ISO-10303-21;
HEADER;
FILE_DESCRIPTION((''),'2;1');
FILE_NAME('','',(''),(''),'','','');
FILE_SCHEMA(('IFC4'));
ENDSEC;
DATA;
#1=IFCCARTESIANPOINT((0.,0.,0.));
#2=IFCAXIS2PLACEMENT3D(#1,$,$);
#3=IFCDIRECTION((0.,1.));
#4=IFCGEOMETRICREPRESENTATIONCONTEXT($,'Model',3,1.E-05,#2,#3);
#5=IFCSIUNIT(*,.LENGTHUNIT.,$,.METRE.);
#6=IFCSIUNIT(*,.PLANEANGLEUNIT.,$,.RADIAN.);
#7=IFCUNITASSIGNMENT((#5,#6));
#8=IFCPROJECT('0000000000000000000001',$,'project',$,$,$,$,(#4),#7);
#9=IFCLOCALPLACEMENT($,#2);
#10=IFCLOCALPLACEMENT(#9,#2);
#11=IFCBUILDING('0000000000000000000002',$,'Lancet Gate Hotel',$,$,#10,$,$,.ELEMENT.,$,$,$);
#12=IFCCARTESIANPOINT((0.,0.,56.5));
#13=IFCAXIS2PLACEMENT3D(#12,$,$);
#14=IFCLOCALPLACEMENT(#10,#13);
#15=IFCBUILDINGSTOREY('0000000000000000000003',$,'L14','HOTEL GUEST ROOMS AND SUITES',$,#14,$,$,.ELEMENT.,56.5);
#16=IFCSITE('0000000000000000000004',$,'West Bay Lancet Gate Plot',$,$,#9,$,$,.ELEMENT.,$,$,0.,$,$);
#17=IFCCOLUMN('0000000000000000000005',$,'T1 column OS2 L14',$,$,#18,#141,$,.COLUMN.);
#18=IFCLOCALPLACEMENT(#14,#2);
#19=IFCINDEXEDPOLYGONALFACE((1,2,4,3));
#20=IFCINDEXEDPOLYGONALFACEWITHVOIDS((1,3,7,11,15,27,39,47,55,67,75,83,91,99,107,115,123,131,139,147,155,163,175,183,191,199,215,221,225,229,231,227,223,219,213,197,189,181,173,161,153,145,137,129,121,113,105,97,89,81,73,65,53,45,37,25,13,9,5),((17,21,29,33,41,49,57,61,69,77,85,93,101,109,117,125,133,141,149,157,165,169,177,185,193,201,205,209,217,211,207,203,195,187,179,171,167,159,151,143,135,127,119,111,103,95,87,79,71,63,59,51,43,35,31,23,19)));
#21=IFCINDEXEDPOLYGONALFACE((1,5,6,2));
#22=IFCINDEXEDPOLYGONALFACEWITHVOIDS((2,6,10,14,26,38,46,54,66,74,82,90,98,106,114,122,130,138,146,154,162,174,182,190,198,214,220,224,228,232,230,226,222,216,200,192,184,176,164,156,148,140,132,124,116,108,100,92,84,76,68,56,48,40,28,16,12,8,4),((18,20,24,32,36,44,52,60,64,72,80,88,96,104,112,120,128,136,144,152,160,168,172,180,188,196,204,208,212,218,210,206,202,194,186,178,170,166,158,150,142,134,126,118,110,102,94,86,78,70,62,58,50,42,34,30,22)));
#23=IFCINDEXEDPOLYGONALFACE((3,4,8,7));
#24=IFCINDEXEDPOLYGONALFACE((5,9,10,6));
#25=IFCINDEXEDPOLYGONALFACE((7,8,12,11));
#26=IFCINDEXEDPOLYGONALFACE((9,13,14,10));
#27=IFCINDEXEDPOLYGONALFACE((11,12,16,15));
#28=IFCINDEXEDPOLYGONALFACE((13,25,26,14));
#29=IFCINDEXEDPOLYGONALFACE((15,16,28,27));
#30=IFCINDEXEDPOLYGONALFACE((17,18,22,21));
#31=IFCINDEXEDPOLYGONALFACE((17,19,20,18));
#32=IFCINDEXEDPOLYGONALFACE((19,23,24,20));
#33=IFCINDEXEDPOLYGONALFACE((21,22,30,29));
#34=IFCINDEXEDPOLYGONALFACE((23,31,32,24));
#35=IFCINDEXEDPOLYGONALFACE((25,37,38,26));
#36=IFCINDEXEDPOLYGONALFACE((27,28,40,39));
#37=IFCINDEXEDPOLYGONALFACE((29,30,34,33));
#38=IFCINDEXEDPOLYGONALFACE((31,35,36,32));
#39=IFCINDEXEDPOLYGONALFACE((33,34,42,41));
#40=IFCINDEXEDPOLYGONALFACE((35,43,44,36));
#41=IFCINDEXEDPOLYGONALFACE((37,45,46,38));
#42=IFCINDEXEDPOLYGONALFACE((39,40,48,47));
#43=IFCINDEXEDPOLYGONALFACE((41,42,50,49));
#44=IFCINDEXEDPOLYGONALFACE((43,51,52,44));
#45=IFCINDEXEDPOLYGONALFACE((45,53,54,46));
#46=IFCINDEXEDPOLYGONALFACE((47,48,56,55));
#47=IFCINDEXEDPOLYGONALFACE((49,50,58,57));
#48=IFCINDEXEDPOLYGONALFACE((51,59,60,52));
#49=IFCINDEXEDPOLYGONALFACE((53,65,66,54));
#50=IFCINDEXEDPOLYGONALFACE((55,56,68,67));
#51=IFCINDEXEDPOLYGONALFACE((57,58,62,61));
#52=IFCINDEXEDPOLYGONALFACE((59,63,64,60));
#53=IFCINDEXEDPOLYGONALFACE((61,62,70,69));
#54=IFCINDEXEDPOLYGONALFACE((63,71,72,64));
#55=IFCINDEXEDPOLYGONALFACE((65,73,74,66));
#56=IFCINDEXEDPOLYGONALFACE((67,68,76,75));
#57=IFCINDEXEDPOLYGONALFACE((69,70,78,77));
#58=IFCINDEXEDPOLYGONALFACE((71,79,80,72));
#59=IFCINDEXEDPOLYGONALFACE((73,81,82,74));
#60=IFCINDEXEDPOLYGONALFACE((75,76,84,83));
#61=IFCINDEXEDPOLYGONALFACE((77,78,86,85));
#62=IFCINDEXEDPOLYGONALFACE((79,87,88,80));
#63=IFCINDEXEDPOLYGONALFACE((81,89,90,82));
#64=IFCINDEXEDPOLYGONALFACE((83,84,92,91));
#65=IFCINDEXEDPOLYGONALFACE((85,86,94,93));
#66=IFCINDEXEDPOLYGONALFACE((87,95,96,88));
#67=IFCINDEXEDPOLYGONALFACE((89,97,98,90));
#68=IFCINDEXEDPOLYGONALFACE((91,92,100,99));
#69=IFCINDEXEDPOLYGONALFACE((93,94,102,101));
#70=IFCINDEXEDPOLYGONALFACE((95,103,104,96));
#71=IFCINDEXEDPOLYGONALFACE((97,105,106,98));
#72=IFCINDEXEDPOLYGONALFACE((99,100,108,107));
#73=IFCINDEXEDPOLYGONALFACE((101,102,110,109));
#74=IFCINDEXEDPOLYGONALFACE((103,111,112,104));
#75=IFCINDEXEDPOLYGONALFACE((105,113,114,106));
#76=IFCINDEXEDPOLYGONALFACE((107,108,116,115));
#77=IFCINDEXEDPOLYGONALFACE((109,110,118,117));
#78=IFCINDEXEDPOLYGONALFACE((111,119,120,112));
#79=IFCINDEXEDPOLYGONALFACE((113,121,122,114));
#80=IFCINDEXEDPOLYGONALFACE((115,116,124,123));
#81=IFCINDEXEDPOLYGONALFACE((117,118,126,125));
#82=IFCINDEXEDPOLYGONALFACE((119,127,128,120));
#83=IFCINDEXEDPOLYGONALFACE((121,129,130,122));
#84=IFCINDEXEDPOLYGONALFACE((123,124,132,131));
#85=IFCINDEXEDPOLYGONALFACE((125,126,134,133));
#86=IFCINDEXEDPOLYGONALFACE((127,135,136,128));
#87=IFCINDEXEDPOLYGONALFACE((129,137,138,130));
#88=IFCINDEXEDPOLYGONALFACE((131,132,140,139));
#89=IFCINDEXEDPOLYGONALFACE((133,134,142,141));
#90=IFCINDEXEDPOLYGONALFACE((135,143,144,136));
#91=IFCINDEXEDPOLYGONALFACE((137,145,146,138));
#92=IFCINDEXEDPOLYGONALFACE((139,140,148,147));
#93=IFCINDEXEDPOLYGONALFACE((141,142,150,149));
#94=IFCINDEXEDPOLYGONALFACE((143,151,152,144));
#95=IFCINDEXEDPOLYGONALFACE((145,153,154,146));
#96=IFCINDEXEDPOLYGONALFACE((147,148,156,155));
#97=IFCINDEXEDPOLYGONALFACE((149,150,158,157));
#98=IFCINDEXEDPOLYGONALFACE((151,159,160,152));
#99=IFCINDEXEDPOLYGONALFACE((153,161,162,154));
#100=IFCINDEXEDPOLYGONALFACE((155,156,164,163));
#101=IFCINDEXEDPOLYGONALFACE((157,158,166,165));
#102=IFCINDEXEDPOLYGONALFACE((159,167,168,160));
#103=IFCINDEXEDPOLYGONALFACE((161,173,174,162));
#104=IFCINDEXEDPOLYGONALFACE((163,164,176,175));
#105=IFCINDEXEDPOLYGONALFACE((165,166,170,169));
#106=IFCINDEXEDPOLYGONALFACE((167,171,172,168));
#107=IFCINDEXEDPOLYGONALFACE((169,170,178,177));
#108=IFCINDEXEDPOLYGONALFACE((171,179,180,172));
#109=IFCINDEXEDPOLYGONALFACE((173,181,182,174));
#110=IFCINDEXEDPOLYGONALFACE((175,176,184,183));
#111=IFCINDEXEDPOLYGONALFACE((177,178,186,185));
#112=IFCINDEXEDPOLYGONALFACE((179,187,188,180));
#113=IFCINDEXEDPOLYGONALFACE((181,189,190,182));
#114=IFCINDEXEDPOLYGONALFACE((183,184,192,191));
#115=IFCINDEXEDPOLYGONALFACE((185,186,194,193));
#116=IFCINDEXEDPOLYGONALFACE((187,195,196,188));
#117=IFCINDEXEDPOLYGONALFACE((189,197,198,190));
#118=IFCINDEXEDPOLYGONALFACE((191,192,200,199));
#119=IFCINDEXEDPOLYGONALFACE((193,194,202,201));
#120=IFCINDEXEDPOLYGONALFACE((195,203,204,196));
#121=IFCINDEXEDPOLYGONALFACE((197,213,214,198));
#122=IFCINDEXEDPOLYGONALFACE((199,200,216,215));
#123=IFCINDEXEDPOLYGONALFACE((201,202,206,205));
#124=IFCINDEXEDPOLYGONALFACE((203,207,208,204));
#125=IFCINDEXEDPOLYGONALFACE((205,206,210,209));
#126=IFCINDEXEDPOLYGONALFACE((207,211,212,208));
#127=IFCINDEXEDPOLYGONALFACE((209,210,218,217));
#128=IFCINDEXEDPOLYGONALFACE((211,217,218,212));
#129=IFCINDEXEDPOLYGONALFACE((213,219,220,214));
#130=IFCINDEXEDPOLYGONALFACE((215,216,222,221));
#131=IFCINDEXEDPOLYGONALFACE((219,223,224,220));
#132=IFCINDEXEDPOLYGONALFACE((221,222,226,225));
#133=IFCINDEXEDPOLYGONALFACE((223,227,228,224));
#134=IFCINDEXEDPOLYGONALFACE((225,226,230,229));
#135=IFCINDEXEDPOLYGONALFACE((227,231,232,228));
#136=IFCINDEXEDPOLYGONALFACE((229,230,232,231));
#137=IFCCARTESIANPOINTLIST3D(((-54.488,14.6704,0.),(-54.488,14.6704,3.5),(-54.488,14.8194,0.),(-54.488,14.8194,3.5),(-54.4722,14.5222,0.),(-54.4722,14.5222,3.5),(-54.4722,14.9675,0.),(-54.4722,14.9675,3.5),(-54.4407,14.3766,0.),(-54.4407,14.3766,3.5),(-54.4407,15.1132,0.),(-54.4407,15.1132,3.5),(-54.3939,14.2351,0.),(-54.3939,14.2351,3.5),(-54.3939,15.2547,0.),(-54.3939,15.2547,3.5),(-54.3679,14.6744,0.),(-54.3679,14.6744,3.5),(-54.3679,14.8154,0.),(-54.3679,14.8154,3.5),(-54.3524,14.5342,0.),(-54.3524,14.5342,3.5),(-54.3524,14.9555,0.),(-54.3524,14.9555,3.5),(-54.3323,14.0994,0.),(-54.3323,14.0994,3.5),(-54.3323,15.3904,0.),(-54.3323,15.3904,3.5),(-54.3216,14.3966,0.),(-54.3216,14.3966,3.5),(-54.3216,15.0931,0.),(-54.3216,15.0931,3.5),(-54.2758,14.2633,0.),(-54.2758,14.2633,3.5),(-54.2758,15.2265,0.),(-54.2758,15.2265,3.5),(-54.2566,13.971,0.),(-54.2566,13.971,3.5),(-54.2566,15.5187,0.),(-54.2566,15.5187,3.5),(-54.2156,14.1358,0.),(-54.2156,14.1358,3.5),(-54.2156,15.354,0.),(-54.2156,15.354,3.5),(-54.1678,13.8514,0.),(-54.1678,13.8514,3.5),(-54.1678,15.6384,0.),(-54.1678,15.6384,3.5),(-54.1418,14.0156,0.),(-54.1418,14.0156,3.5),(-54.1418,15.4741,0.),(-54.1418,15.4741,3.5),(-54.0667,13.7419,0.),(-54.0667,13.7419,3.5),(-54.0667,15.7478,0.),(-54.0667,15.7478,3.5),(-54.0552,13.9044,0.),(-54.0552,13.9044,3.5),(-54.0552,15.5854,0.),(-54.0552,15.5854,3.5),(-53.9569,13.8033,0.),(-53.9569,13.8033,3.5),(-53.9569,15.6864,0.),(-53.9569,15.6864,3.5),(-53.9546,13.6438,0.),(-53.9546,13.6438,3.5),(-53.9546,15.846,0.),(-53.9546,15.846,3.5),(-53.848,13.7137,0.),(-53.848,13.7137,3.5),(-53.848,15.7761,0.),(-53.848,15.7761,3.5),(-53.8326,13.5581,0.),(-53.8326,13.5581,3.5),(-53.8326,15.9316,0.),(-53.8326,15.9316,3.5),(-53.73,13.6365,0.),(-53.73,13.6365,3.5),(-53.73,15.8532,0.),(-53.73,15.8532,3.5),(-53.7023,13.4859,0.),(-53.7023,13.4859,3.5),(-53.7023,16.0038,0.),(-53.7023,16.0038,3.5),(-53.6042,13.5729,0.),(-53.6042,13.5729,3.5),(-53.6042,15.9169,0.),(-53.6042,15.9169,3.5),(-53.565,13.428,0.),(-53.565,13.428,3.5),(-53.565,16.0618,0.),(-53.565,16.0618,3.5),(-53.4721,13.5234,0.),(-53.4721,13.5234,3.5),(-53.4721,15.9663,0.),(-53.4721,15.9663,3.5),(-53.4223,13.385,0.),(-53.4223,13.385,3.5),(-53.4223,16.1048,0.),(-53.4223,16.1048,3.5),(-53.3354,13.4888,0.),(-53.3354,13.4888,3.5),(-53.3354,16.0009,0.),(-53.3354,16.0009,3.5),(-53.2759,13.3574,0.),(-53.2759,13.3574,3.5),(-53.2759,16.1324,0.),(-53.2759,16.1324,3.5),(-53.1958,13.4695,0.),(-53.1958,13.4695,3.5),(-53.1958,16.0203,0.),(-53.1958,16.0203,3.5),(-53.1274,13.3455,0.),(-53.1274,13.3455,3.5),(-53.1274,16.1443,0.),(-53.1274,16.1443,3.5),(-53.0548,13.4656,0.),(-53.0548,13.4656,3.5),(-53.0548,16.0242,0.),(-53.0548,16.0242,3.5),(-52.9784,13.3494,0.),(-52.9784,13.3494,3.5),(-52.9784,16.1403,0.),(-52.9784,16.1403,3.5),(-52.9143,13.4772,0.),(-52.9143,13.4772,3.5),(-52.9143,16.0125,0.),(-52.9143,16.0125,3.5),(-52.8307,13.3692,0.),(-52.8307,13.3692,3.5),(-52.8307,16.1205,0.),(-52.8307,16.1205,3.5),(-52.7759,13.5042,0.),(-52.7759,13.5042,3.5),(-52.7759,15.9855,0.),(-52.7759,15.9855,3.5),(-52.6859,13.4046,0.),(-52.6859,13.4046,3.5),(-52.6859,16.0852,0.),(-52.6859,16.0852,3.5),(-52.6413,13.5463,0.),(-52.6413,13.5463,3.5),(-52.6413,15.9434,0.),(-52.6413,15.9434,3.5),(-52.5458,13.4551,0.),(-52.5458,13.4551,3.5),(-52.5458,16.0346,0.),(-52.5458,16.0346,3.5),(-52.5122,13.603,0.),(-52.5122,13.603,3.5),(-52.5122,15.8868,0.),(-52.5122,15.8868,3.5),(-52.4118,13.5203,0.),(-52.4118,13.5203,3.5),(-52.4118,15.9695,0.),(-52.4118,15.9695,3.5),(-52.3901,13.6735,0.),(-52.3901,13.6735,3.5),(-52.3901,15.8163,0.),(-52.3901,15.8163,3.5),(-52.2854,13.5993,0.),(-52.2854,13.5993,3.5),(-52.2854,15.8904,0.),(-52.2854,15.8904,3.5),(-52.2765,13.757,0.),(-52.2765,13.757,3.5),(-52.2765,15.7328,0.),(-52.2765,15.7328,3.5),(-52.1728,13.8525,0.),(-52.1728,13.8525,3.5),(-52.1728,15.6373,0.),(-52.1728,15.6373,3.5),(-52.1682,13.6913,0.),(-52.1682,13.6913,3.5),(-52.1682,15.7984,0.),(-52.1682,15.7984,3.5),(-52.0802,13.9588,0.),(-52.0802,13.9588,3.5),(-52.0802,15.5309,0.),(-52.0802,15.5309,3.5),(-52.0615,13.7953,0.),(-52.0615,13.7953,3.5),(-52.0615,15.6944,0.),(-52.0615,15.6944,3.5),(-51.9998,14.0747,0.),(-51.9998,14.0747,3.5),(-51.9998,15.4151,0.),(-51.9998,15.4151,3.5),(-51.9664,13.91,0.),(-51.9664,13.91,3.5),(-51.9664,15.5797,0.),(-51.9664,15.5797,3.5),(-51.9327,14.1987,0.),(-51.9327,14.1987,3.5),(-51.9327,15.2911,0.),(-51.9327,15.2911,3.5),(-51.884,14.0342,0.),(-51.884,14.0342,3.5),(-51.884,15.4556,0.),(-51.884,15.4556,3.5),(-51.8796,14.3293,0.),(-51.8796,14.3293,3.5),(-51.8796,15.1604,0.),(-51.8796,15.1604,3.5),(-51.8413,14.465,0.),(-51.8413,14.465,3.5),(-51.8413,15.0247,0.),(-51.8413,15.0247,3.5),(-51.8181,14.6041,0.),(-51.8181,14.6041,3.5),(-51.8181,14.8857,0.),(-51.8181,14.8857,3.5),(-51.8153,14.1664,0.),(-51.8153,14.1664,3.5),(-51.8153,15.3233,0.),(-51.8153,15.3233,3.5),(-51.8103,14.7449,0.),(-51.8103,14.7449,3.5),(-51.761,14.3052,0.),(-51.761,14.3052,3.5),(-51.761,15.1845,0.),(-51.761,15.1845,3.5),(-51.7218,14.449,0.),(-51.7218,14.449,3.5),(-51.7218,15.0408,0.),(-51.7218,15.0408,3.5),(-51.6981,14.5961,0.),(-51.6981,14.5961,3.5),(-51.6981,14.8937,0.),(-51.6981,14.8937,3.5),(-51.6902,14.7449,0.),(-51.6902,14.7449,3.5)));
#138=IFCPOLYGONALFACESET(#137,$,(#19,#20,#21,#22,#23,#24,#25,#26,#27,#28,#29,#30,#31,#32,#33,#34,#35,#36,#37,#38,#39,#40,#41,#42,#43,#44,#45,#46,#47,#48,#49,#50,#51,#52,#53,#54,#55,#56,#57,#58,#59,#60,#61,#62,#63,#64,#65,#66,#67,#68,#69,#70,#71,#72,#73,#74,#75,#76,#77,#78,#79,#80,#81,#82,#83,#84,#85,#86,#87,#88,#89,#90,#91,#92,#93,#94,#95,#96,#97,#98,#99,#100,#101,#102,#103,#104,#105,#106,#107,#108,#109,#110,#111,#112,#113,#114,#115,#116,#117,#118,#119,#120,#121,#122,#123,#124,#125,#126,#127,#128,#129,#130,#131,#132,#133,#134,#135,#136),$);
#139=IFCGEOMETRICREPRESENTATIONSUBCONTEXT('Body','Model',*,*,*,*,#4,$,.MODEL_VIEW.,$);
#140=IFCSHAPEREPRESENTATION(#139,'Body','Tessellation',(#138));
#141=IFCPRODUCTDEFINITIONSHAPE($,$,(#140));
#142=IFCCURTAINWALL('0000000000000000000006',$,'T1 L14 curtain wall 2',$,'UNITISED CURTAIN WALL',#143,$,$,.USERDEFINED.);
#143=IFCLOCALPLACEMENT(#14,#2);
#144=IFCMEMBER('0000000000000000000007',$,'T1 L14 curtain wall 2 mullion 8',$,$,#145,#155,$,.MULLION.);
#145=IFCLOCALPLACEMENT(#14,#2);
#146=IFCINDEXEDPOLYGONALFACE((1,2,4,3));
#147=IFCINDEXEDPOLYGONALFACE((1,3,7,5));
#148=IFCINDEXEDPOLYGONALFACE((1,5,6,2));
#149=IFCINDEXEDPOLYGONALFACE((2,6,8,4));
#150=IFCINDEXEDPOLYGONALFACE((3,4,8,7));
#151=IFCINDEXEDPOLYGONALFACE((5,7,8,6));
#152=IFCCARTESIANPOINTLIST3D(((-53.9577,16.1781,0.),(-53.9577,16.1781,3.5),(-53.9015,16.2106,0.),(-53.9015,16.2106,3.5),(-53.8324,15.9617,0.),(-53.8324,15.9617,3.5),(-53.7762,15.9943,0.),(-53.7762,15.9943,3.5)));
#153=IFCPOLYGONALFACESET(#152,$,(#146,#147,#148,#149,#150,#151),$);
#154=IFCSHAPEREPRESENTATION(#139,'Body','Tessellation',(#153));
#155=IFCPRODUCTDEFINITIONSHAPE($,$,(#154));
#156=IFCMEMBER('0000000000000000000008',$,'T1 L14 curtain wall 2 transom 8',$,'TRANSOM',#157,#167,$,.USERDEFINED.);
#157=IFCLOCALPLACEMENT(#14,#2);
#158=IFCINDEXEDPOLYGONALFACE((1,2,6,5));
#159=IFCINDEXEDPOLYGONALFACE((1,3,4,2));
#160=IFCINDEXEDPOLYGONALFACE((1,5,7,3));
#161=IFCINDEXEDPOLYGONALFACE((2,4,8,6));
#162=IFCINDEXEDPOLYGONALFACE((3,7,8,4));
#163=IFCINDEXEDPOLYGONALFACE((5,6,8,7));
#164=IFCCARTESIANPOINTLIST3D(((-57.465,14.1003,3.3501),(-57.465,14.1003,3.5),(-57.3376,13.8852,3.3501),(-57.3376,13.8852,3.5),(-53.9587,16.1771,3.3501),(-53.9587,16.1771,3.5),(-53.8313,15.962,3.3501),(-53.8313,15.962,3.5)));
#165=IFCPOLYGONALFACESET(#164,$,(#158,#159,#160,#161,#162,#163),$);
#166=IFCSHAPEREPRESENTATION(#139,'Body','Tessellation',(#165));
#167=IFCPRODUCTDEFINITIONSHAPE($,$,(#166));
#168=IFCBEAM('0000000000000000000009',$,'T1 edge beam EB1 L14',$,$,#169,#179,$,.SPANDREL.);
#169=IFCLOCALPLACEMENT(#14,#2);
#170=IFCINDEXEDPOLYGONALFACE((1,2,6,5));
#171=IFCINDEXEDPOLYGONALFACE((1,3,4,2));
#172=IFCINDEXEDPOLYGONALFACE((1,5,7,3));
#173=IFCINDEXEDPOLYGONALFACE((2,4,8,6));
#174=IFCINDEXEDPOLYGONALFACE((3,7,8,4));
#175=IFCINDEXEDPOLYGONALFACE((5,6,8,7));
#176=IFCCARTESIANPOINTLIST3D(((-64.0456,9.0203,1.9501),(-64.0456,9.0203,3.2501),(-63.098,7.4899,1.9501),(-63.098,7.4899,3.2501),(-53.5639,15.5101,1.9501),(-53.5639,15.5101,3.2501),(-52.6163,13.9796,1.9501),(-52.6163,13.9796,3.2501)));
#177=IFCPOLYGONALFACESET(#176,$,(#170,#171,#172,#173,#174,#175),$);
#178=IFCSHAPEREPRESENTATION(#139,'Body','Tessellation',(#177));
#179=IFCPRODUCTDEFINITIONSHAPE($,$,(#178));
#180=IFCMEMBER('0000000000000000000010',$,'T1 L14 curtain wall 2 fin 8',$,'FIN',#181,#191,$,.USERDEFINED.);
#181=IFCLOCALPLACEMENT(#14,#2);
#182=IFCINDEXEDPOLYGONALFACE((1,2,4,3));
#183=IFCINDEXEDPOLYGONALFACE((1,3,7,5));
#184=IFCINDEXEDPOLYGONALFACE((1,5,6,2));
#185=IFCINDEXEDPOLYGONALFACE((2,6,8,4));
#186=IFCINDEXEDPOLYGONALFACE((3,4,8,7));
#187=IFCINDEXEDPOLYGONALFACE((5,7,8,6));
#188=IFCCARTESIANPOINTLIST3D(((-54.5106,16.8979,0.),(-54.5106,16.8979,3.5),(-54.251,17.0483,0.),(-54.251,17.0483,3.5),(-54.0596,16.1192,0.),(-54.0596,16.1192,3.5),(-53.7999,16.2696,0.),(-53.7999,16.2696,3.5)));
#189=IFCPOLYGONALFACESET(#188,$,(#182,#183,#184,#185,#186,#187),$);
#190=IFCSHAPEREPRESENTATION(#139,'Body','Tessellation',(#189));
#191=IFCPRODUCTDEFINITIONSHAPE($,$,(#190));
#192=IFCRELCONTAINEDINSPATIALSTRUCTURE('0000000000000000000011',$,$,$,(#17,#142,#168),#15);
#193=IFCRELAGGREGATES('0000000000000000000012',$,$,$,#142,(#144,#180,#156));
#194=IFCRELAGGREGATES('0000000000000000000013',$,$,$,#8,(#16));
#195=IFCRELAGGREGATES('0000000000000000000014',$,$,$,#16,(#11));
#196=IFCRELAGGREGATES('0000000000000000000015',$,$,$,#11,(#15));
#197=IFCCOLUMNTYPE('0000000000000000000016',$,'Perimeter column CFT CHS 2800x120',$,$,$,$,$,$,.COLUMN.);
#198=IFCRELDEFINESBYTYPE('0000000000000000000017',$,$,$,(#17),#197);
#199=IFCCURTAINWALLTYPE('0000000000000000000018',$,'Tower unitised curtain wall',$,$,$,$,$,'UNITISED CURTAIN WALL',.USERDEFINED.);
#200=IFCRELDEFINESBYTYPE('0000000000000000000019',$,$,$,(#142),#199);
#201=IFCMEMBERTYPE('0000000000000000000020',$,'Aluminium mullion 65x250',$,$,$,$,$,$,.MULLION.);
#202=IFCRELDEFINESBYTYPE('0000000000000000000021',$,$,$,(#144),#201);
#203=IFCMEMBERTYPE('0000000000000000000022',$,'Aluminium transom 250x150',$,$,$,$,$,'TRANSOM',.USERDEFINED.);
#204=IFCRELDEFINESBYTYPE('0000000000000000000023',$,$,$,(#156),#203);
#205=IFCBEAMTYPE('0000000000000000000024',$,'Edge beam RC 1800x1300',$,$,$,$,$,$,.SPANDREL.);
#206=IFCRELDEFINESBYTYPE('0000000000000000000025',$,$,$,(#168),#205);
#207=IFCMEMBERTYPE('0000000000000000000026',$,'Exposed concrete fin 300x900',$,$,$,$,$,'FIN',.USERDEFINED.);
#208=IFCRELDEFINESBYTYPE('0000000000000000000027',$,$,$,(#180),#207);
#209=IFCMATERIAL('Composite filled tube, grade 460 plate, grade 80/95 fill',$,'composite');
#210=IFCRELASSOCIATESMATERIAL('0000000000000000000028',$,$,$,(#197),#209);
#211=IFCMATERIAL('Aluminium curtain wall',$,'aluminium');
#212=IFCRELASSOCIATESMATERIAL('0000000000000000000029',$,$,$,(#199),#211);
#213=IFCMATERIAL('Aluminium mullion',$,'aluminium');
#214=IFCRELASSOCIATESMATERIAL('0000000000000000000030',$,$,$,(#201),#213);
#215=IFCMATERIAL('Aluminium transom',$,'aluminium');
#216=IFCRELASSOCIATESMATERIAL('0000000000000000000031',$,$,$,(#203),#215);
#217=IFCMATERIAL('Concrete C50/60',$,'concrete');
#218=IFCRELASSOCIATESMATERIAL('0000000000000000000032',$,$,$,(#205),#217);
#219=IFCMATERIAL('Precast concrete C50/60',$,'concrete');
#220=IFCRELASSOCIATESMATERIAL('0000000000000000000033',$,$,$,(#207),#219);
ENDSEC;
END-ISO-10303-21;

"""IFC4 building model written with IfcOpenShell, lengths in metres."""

from ifc_helpers import new_model, si_unit, direction, frame, origin, origin_2d, place, context, subcontext, project, spatial, rectangle, hollow_circle, extrude, material, material_profile, profile_set, type_object, element, aggregate, save


model = new_model("IFC4")

# Units and contexts
model_context = context("Model", 3, precision=1e-05, world=origin(), true_north=direction((0.0, 1.0)))
body_context = subcontext(model_context, "Body", "Model", "MODEL_VIEW")
ifc_project = project(units=[si_unit("LENGTHUNIT", "METRE"), si_unit("PLANEANGLEUNIT", "RADIAN")], contexts=[model_context])

# Site, building, storey
site_placement = place(None, origin())
site = spatial("IfcSite", under=ifc_project, at=site_placement, Name="West Bay Lancet Gate Plot", CompositionType="ELEMENT", RefElevation=0.0)
building_placement = place(site_placement, origin())
building = spatial("IfcBuilding", under=site, at=building_placement, Name="Lancet Gate Hotel", CompositionType="ELEMENT")
storey_placement = place(building_placement, frame((0.0, 0.0, 56.5)))
storey = spatial("IfcBuildingStorey", under=building, at=storey_placement, Name="L14", Description="HOTEL GUEST ROOMS AND SUITES", CompositionType="ELEMENT", Elevation=56.5)

# Column
ifc_material_1 = material(Name="Composite filled tube, grade 460 plate, grade 80/95 fill", Category="composite")
ifc_material_profile_1 = material_profile(ifc_material_1, hollow_circle(Radius=1.3999, WallThickness=0.1201, at=origin_2d()), Name="CHS 2800x120")
ifc_profile_set_1 = profile_set([ifc_material_profile_1], Name="Composite filled tube, grade 460 plate, grade 80/95 fill")
column_type = type_object("IfcColumnType", Name="Perimeter column CFT CHS 2800x120", PredefinedType="COLUMN", material=ifc_profile_set_1)
column_placement = place(storey_placement, frame((-53.0901, 14.7449, 0.0), z_axis=(0.0, 0.0, 1.0), x_axis=(1.0, 0.0, 0.0)))
element("IfcColumn", 1, at=column_placement, inside=storey, type_object=column_type, Name="T1 column OS2 L14", PredefinedType="COLUMN", context=body_context, shape_type="SweptSolid", body=[
    extrude(hollow_circle(Radius=1.3999, WallThickness=0.1201, at=origin_2d()), origin(), (0.0, 0.0, 1.0), 3.5),
])

# Curtain wall, members
ifc_material_2 = material(Name="Aluminium curtain wall", Category="aluminium")
curtain_wall_type = type_object("IfcCurtainWallType", Name="Tower unitised curtain wall", ElementType="UNITISED CURTAIN WALL", PredefinedType="USERDEFINED", material=ifc_material_2)
curtain_wall_placement = place(storey_placement, origin())
curtain_wall = element("IfcCurtainWall", 2, at=curtain_wall_placement, inside=storey, type_object=curtain_wall_type, Name="T1 L14 curtain wall 2", ObjectType="UNITISED CURTAIN WALL", PredefinedType="USERDEFINED")
ifc_material_3 = material(Name="Aluminium mullion", Category="aluminium")
ifc_material_profile_2 = material_profile(ifc_material_3, rectangle(XDim=0.0649, YDim=0.25, at=origin_2d()), Name="MULLION 65x250")
ifc_profile_set_2 = profile_set([ifc_material_profile_2], Name="Aluminium mullion")
member_type_1 = type_object("IfcMemberType", Name="Aluminium mullion 65x250", PredefinedType="MULLION", material=ifc_profile_set_2)
member_1_placement = place(storey_placement, frame((-53.8669, 16.0862, 0.0), z_axis=(0.0, 0.0, 1.0), x_axis=(-0.865335, -0.501194, 0.0)))
member_1 = element("IfcMember", 3, at=member_1_placement, type_object=member_type_1, Name="T1 L14 curtain wall 2 mullion 8", PredefinedType="MULLION", context=body_context, shape_type="SweptSolid", body=[
    extrude(rectangle(XDim=0.0649, YDim=0.25, at=origin_2d()), origin(), (0.0, 0.0, 1.0), 3.5),
])
ifc_material_4 = material(Name="Aluminium transom", Category="aluminium")
ifc_material_profile_3 = material_profile(ifc_material_4, rectangle(XDim=0.25, YDim=0.1499, at=origin_2d()), Name="TRANSOM 250x150")
ifc_profile_set_3 = profile_set([ifc_material_profile_3], Name="Aluminium transom")
member_type_2 = type_object("IfcMemberType", Name="Aluminium transom 250x150", ElementType="TRANSOM", PredefinedType="USERDEFINED", material=ifc_profile_set_3)
member_2_placement = place(storey_placement, frame((-53.895, 16.0696, 3.425), z_axis=(-0.860392, -0.509633, 0.0), x_axis=(0.509633, -0.860392, 0.0)))
member_2 = element("IfcMember", 4, at=member_2_placement, type_object=member_type_2, Name="T1 L14 curtain wall 2 transom 8", ObjectType="TRANSOM", PredefinedType="USERDEFINED", context=body_context, shape_type="SweptSolid", body=[
    extrude(rectangle(XDim=0.25, YDim=0.1499, at=origin_2d()), origin(), (0.0, 0.0, 1.0), 4.0752),
])

# Beam
ifc_material_5 = material(Name="Concrete C50/60", Category="concrete")
ifc_material_profile_4 = material_profile(ifc_material_5, rectangle(XDim=1.8, YDim=1.3, at=origin_2d()), Name="RC 1800x1300")
ifc_profile_set_4 = profile_set([ifc_material_profile_4], Name="Concrete C50/60")
beam_type_1 = type_object("IfcBeamType", Name="Edge beam RC 1800x1300", PredefinedType="SPANDREL", material=ifc_profile_set_4)
beam_1_placement = place(storey_placement, frame((-53.0901, 14.7449, 2.6001), z_axis=(-0.850226, -0.526418, 0.0), x_axis=(0.526418, -0.850226, 0.0)))
element("IfcBeam", 5, at=beam_1_placement, inside=storey, type_object=beam_type_1, Name="T1 edge beam EB1 L14", PredefinedType="SPANDREL", context=body_context, shape_type="SweptSolid", body=[
    extrude(rectangle(XDim=1.8, YDim=1.3, at=origin_2d()), origin(), (0.0, 0.0, 1.0), 12.3281),
])

# Member
ifc_material_6 = material(Name="Precast concrete C50/60", Category="concrete")
ifc_material_profile_5 = material_profile(ifc_material_6, rectangle(XDim=0.3, YDim=0.8999, at=origin_2d()), Name="FIN 300x900")
ifc_profile_set_5 = profile_set([ifc_material_profile_5], Name="Precast concrete C50/60")
member_type_3 = type_object("IfcMemberType", Name="Exposed concrete fin 300x900", ElementType="FIN", PredefinedType="USERDEFINED", material=ifc_profile_set_5)
member_3_placement = place(storey_placement, frame((-54.1553, 16.5837, 0.0), z_axis=(0.0, 0.0, 1.0), x_axis=(-0.865335, -0.501194, 0.0)))
member_3 = element("IfcMember", 6, at=member_3_placement, type_object=member_type_3, Name="T1 L14 curtain wall 2 fin 8", ObjectType="FIN", PredefinedType="USERDEFINED", context=body_context, shape_type="SweptSolid", body=[
    extrude(rectangle(XDim=0.3, YDim=0.8999, at=origin_2d()), origin(), (0.0, 0.0, 1.0), 3.5),
])

aggregate(curtain_wall, [member_1, member_3, member_2])

save(model, "model.ifc")
